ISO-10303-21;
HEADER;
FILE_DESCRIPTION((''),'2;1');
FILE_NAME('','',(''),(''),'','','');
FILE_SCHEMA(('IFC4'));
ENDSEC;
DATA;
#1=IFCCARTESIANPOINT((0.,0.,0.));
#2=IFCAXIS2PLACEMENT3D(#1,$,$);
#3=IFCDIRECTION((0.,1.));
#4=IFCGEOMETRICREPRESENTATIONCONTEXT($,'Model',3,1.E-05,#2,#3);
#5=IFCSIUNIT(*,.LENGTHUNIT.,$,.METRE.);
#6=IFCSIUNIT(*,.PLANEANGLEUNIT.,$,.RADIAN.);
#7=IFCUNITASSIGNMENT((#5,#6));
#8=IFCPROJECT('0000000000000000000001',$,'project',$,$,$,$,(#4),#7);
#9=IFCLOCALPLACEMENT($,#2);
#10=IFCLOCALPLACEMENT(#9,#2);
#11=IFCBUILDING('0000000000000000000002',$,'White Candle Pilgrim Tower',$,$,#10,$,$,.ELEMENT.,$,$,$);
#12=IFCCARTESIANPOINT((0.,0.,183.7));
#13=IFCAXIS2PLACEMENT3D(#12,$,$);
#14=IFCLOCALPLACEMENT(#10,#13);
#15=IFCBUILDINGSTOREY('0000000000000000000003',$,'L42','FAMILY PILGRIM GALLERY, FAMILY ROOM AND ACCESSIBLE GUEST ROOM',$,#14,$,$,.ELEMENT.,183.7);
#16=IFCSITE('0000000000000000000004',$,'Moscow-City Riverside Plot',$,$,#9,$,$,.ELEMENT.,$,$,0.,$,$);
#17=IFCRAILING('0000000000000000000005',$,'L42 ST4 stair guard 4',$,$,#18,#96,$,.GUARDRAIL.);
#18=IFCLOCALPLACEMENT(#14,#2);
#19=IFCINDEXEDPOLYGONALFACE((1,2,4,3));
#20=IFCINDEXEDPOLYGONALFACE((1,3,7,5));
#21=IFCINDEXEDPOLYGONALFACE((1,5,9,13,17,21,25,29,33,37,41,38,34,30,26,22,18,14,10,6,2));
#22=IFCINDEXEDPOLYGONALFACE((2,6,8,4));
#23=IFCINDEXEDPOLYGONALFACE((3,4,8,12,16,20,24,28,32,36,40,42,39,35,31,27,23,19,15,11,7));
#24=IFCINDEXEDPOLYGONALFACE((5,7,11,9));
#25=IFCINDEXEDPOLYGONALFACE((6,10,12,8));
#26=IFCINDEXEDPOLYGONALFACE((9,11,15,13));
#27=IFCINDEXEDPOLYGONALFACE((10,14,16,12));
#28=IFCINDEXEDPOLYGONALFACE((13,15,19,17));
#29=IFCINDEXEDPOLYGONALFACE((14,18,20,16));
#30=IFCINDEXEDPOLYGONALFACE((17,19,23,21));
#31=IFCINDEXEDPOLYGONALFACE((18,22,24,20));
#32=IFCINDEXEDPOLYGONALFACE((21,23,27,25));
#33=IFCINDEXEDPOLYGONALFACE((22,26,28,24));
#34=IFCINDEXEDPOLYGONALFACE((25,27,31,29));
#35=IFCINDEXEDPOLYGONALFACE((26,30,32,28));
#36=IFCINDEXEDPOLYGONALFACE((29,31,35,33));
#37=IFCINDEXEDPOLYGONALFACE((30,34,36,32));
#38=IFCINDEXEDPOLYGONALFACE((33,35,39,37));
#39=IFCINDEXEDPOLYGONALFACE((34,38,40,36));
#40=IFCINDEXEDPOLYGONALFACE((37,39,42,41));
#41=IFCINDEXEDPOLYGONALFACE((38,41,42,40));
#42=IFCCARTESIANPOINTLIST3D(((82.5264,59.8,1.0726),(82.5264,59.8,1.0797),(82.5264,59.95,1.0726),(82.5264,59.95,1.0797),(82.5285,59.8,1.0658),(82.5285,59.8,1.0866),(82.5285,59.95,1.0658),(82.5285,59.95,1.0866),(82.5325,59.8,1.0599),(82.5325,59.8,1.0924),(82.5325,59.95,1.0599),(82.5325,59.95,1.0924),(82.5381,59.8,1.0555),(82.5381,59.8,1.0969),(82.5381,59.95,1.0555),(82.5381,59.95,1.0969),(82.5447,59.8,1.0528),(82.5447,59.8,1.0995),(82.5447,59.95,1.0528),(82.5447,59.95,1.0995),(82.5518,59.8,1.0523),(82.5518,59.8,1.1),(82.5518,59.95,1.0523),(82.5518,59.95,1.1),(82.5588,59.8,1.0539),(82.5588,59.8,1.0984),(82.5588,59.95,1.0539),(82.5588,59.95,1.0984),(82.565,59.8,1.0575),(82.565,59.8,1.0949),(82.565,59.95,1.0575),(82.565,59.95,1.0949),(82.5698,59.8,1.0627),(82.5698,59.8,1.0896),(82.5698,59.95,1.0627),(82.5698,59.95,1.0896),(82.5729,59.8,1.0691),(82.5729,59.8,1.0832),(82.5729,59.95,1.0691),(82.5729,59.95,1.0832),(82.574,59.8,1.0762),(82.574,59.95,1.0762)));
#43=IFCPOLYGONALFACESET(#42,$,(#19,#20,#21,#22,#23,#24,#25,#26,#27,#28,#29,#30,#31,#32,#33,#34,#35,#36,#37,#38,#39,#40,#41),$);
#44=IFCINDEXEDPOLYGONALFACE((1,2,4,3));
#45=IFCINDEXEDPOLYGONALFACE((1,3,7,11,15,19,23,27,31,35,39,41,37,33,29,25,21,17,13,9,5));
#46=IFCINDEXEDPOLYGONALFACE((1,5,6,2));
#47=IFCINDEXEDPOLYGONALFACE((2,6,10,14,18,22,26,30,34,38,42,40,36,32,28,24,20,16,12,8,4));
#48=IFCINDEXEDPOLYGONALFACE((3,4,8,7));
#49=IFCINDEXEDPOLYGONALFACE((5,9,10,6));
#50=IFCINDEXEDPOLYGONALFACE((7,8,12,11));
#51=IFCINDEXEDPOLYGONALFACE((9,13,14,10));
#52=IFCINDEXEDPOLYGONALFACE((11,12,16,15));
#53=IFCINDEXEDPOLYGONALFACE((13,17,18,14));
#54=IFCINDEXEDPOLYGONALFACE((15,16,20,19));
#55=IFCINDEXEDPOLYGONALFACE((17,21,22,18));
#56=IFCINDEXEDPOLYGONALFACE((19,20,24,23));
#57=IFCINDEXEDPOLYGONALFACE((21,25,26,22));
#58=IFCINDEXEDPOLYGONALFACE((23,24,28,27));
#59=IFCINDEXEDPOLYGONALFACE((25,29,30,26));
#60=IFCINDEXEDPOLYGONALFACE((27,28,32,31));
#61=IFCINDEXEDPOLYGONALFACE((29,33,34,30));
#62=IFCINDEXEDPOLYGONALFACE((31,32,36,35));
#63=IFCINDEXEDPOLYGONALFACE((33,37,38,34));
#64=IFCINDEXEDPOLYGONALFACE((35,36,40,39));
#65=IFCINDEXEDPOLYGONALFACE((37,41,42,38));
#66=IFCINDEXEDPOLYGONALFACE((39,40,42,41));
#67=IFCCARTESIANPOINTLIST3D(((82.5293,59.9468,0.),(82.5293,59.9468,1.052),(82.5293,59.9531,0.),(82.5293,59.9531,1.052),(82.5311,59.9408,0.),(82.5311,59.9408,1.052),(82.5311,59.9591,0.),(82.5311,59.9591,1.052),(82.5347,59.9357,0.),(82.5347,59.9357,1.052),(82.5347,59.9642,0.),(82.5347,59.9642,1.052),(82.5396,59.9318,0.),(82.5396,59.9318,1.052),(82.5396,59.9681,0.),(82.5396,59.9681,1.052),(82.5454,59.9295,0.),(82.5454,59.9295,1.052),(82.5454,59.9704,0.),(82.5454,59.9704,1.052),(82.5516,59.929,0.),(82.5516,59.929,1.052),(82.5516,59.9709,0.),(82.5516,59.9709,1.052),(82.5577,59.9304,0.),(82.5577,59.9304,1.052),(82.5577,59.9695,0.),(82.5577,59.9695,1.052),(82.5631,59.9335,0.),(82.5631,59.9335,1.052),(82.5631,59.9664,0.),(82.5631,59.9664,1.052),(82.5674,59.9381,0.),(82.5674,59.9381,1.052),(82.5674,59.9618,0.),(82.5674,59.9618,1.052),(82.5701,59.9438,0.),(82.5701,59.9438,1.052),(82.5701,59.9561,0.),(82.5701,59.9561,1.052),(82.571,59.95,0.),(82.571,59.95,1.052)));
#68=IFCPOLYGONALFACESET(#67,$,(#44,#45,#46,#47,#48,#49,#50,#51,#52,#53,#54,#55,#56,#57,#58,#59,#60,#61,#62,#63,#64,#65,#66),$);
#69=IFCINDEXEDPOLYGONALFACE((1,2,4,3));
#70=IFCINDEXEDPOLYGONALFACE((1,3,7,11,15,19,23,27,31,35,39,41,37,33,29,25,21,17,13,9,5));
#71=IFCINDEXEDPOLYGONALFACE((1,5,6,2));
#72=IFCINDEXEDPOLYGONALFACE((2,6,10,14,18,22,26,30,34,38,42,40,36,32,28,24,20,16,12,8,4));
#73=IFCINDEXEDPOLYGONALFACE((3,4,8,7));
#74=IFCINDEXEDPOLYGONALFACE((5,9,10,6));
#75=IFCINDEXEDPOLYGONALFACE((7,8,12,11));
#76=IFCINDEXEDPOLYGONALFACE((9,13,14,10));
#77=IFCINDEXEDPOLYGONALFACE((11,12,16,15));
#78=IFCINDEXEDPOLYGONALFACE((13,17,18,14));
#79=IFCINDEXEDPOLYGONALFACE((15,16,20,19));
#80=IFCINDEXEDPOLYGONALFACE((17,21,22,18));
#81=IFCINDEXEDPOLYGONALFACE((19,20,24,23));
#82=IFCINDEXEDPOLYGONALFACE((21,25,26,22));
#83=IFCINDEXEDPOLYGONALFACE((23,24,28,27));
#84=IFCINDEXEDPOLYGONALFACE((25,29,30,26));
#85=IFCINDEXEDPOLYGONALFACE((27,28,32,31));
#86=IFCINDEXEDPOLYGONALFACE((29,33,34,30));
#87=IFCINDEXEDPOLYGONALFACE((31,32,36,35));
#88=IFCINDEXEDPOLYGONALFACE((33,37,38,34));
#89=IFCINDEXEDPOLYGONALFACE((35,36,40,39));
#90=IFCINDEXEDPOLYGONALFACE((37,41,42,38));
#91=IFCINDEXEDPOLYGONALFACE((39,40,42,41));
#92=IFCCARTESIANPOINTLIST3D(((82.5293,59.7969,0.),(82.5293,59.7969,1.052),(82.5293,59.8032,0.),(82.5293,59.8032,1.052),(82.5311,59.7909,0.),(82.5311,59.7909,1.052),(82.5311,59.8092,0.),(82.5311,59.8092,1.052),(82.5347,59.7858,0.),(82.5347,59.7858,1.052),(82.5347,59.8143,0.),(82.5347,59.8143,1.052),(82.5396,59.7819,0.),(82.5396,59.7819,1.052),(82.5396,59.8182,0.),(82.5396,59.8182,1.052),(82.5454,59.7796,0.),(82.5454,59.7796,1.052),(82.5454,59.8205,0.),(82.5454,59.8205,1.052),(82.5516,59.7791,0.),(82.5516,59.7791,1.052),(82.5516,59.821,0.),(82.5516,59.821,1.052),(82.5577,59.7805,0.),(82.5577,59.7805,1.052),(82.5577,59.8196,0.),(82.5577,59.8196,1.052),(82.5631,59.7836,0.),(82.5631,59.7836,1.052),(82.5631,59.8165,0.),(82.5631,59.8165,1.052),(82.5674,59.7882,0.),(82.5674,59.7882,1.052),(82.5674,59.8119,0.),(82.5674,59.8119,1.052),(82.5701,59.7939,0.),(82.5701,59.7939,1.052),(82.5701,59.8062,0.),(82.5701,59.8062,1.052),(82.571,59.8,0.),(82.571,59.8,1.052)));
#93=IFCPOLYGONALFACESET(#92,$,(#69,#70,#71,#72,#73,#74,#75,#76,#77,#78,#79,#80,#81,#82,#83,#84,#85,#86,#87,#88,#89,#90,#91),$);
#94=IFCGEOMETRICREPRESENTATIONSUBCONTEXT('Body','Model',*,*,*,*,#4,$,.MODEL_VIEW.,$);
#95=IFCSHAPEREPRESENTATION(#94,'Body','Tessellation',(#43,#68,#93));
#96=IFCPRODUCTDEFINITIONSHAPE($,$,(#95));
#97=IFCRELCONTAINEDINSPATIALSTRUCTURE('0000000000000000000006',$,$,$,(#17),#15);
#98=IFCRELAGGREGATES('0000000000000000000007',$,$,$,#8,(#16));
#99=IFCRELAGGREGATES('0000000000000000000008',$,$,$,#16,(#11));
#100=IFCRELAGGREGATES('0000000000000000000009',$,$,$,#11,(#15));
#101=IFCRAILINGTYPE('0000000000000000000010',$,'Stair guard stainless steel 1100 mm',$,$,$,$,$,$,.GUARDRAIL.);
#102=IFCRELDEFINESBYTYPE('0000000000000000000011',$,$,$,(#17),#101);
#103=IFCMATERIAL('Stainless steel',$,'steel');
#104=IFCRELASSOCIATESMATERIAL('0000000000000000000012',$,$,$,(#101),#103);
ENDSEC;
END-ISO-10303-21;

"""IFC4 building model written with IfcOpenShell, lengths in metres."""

from ifc_helpers import new_model, si_unit, direction, frame, origin, origin_2d, place, context, subcontext, project, spatial, circle, extrude, material, type_object, element, save


model = new_model("IFC4")

# Units and contexts
model_context = context("Model", 3, precision=1e-05, world=origin(), true_north=direction((0.0, 1.0)))
body_context = subcontext(model_context, "Body", "Model", "MODEL_VIEW")
ifc_project = project(units=[si_unit("LENGTHUNIT", "METRE"), si_unit("PLANEANGLEUNIT", "RADIAN")], contexts=[model_context])

# Site, building, storey
site_placement = place(None, origin())
site = spatial("IfcSite", under=ifc_project, at=site_placement, Name="Moscow-City Riverside Plot", CompositionType="ELEMENT", RefElevation=0.0)
building_placement = place(site_placement, origin())
building = spatial("IfcBuilding", under=site, at=building_placement, Name="White Candle Pilgrim Tower", CompositionType="ELEMENT")
storey_placement = place(building_placement, frame((0.0, 0.0, 183.7)))
storey = spatial("IfcBuildingStorey", under=building, at=storey_placement, Name="L42", Description="FAMILY PILGRIM GALLERY, FAMILY ROOM AND ACCESSIBLE GUEST ROOM", CompositionType="ELEMENT", Elevation=183.7)

# Railing
ifc_material_1 = material(Name="Stainless steel", Category="steel")
railing_type_1 = type_object("IfcRailingType", Name="Stair guard stainless steel 1100 mm", PredefinedType="GUARDRAIL", material=ifc_material_1)
railing_1_placement = place(storey_placement, frame((82.55, 59.95, 0.0)))
element("IfcRailing", 1, at=railing_1_placement, inside=storey, type_object=railing_type_1, Name="L42 ST4 stair guard 4", PredefinedType="GUARDRAIL", context=body_context, shape_type="SweptSolid", body=[
    extrude(circle(Radius=0.0239, at=origin_2d()), frame((0.0, 0.0, 1.0762), z_axis=(0.0, -1.0, 0.0), x_axis=(1.0, 0.0, 0.0)), (0.0, 0.0, 1.0), 0.1499),
    extrude(circle(Radius=0.021, at=origin_2d()), origin(), (0.0, 0.0, 1.0), 1.052),
    extrude(circle(Radius=0.021, at=origin_2d()), frame((0.0, -0.1499, 0.0)), (0.0, 0.0, 1.0), 1.052),
])

save(model, "model.ifc")
